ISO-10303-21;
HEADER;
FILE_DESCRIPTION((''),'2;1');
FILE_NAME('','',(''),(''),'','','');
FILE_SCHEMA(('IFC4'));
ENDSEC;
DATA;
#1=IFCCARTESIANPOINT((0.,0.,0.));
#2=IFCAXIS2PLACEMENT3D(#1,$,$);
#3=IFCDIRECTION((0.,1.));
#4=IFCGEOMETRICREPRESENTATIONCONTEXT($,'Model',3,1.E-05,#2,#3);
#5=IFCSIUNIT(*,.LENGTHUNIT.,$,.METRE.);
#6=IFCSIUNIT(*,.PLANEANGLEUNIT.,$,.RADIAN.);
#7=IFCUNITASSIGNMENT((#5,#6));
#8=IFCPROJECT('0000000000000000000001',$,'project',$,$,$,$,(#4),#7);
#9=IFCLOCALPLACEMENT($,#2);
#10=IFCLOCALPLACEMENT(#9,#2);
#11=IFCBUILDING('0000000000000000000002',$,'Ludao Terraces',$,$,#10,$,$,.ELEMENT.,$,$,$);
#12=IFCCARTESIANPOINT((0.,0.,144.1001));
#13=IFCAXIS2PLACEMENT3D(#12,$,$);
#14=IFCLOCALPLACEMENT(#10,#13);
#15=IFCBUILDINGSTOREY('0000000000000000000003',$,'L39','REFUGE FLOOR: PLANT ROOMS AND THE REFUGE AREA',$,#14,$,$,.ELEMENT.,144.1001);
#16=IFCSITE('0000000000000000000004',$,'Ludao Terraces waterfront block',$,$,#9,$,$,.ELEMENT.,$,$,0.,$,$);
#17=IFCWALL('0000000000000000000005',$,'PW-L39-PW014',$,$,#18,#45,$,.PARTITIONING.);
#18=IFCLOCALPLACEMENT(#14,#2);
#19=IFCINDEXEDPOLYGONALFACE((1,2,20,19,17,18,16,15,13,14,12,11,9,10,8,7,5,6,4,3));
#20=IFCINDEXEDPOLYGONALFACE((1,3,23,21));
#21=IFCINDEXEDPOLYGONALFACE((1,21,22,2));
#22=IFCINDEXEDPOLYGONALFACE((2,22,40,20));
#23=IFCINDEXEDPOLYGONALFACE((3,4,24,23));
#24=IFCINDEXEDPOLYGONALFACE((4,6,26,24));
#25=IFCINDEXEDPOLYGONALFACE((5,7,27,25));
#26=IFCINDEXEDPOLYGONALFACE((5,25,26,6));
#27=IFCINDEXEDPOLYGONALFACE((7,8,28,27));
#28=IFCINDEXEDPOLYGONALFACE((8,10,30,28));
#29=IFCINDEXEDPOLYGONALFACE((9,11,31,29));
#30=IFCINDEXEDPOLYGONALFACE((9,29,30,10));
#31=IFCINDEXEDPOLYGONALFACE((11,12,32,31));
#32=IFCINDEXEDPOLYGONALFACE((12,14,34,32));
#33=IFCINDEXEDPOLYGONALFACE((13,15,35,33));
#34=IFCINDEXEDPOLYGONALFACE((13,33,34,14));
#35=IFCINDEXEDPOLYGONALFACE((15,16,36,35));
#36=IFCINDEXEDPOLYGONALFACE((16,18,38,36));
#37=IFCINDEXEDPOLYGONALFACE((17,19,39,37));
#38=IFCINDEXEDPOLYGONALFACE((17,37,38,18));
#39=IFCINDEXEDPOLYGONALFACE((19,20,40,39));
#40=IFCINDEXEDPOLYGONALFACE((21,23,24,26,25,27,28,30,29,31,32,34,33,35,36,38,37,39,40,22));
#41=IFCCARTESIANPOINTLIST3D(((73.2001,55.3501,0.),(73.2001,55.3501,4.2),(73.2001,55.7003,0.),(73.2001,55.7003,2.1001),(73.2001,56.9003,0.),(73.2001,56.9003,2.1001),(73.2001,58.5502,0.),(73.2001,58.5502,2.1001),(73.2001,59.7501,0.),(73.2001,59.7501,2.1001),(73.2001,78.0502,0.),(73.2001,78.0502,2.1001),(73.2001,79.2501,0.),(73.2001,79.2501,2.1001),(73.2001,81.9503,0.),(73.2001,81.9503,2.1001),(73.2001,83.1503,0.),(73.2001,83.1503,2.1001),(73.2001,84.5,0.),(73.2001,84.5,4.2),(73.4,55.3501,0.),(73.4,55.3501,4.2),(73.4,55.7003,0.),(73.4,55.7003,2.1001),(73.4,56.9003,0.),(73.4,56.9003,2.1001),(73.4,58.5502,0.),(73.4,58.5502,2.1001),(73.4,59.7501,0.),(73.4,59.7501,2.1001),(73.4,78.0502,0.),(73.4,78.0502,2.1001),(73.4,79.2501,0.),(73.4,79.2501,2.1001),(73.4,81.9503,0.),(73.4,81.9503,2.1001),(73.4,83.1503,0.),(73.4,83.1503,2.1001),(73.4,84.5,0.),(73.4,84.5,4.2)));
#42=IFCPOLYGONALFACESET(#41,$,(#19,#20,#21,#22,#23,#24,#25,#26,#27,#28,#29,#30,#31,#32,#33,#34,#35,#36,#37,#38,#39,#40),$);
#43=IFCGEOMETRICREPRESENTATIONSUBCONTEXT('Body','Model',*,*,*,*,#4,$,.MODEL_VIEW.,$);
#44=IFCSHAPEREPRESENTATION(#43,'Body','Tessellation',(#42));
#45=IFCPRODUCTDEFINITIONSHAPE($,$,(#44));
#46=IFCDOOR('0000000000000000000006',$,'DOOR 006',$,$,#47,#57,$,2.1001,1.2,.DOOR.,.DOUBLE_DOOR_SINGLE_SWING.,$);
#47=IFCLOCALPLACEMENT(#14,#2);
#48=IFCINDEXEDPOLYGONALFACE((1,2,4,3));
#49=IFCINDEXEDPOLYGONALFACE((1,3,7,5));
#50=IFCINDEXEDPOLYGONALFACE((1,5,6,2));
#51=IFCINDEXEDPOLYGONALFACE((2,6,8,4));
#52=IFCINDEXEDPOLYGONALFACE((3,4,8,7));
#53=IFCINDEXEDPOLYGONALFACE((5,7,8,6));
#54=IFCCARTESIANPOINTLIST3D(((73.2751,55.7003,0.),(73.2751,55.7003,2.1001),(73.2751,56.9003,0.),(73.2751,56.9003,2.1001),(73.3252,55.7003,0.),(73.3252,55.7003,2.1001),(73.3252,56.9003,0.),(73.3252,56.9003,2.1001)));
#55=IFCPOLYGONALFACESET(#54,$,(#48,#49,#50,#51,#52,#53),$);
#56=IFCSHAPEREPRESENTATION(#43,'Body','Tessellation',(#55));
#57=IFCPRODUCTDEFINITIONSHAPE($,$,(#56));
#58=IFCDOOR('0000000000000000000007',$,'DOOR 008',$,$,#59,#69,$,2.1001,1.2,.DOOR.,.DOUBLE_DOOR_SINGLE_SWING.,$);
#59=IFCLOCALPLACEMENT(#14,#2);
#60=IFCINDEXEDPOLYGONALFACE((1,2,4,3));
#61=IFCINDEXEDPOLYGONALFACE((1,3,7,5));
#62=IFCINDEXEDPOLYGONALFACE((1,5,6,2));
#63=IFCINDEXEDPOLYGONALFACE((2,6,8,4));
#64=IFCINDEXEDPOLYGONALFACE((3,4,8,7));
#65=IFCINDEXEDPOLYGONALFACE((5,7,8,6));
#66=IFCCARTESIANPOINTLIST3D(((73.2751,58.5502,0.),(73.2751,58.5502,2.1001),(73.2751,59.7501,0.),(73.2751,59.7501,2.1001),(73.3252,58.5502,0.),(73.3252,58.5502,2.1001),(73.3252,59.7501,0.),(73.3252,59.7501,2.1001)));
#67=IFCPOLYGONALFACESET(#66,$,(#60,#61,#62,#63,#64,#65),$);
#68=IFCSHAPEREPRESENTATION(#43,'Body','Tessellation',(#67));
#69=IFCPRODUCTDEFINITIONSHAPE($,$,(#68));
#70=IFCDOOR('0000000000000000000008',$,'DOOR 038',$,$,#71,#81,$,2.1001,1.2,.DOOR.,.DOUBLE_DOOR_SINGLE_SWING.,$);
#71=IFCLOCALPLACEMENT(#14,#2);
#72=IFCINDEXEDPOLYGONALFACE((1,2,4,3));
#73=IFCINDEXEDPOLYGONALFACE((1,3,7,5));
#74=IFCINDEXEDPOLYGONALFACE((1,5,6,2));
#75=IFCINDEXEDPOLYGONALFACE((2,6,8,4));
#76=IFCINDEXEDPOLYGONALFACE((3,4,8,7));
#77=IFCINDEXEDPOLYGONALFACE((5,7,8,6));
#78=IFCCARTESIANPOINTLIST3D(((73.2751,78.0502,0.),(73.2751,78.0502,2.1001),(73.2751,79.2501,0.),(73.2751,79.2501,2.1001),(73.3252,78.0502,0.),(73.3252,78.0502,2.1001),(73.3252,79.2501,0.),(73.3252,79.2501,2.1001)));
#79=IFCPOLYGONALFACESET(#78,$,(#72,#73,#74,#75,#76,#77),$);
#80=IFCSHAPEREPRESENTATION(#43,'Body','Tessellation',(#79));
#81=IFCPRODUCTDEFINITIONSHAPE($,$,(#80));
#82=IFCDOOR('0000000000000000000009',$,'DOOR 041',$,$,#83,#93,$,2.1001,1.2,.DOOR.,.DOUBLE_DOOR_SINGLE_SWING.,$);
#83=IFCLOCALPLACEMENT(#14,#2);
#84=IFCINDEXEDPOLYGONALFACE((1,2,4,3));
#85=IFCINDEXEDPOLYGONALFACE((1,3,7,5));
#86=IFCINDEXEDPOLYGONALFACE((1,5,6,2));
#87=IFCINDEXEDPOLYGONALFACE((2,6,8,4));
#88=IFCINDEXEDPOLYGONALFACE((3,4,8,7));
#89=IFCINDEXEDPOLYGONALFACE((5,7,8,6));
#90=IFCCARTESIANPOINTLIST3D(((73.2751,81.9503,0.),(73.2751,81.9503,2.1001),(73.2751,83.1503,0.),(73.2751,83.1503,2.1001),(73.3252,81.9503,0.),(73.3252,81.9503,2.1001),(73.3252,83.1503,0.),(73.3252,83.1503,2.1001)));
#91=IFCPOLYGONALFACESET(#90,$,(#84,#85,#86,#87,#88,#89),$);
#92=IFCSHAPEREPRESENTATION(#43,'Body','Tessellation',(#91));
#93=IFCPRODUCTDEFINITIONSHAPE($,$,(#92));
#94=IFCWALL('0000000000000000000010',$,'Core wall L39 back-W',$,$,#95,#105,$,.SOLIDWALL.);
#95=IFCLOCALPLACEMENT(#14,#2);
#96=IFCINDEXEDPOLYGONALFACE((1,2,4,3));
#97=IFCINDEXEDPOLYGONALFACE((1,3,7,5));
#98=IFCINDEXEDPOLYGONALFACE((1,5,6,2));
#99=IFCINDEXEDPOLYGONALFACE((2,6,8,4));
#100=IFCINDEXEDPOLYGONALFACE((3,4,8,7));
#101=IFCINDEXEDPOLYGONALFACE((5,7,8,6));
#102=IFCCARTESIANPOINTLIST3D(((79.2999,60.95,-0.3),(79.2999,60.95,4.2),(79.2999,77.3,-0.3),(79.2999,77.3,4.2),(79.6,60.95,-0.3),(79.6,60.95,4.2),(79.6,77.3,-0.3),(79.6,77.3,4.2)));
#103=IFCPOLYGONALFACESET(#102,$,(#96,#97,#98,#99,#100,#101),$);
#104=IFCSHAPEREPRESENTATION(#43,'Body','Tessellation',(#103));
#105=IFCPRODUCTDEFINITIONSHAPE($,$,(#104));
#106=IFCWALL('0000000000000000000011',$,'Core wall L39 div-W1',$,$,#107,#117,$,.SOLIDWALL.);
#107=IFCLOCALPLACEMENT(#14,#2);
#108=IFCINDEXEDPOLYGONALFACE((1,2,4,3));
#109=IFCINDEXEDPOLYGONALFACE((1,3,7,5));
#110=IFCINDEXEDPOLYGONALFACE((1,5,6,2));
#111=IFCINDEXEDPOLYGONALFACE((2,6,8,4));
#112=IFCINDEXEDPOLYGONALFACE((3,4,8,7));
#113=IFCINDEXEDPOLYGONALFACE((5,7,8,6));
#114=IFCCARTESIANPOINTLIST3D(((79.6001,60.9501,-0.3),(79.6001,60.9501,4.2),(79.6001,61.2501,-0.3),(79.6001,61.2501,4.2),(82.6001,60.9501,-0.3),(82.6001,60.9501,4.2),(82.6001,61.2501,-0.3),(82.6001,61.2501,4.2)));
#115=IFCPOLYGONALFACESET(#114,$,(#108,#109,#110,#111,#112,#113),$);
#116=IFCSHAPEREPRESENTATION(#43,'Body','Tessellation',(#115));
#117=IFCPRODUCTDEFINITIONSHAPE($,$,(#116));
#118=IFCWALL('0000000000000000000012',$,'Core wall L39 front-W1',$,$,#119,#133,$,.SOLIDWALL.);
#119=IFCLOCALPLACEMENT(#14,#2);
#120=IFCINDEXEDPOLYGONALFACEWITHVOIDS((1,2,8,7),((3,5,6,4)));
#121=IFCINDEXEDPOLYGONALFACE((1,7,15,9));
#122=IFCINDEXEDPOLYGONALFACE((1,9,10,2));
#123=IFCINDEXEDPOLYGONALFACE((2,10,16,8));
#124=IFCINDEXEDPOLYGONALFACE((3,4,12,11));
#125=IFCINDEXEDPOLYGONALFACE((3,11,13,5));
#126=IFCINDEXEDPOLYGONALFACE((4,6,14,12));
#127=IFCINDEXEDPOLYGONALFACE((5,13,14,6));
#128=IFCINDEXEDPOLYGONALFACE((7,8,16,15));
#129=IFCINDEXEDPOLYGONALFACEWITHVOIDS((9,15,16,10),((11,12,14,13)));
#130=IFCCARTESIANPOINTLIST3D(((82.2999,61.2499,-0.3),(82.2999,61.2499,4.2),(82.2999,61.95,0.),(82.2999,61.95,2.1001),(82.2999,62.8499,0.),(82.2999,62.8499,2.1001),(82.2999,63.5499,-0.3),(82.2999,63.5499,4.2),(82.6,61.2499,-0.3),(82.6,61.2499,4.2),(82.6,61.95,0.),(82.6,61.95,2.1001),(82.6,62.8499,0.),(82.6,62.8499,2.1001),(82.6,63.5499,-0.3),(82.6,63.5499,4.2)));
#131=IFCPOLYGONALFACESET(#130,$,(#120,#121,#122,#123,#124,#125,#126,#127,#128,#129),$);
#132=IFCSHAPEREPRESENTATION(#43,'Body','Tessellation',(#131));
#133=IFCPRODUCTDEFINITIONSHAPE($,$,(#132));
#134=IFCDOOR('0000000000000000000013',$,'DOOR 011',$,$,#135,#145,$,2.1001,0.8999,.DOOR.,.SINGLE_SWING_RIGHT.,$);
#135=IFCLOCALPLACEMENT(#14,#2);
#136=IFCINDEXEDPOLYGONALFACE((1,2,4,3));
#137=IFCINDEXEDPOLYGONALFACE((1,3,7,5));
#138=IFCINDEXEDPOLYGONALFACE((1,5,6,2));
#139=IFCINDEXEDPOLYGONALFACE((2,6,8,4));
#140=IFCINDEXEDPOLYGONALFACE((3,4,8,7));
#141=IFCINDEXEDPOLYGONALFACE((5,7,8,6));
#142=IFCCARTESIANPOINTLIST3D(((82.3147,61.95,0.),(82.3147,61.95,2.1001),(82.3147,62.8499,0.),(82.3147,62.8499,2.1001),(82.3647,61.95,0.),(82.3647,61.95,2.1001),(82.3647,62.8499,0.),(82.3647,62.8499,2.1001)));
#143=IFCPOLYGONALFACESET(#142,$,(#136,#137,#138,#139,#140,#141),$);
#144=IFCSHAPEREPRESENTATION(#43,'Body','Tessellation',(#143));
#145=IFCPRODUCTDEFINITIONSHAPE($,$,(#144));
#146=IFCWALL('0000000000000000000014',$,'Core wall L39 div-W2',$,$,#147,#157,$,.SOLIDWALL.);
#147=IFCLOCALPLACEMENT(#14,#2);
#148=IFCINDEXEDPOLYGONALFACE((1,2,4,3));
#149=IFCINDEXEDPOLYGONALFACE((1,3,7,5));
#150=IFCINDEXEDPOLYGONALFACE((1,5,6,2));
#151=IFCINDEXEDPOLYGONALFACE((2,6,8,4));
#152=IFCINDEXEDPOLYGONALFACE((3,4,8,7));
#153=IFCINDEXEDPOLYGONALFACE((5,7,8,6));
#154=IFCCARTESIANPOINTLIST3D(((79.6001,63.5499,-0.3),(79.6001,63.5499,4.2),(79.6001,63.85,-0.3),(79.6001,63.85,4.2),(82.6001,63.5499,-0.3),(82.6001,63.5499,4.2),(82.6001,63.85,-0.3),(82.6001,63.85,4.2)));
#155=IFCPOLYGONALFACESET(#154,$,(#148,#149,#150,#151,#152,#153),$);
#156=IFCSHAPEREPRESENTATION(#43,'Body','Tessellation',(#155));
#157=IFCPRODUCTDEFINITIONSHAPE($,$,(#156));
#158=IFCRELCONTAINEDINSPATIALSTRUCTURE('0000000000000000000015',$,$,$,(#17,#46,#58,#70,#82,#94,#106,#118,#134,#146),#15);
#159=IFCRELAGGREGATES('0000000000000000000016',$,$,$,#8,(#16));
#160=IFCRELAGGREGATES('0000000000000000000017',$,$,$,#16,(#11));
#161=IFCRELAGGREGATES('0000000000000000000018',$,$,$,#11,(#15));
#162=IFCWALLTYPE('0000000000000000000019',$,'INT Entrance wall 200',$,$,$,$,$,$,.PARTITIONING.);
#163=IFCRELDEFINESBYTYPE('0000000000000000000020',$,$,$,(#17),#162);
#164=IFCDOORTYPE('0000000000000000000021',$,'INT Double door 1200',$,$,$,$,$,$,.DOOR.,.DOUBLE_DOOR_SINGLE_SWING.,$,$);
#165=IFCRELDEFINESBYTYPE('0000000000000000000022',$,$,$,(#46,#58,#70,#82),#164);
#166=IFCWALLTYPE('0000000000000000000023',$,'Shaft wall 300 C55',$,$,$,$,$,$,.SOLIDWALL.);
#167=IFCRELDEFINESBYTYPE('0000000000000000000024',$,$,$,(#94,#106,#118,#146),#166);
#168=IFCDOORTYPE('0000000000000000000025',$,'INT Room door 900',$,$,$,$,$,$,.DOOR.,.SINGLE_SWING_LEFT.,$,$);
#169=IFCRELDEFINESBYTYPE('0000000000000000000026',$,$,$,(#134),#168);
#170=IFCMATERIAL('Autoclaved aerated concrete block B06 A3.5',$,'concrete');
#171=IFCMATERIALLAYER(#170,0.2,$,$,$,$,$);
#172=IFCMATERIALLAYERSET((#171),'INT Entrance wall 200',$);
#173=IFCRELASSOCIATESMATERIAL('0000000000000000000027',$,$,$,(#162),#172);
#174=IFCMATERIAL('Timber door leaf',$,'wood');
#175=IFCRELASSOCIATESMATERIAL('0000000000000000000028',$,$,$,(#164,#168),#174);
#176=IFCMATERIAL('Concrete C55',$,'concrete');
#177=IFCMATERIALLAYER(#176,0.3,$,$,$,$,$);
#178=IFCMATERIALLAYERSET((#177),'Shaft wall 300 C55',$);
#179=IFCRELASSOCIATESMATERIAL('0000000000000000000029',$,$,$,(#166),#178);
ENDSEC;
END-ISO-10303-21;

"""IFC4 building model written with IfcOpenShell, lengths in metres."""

from ifc_helpers import new_model, si_unit, direction, frame, frame_2d, origin, place, context, subcontext, project, spatial, rectangle, extrude, material, layer, layer_set, type_object, element, fill, save


model = new_model("IFC4")

# Units and contexts
model_context = context("Model", 3, precision=1e-05, world=origin(), true_north=direction((0.0, 1.0)))
body_context = subcontext(model_context, "Body", "Model", "MODEL_VIEW")
ifc_project = project(units=[si_unit("LENGTHUNIT", "METRE"), si_unit("PLANEANGLEUNIT", "RADIAN")], contexts=[model_context])

# Site, building, storey
site_placement = place(None, origin())
site = spatial("IfcSite", under=ifc_project, at=site_placement, Name="Ludao Terraces waterfront block", CompositionType="ELEMENT", RefElevation=0.0)
building_placement = place(site_placement, origin())
building = spatial("IfcBuilding", under=site, at=building_placement, Name="Ludao Terraces", CompositionType="ELEMENT")
storey_placement = place(building_placement, frame((0.0, 0.0, 144.1001)))
storey = spatial("IfcBuildingStorey", under=building, at=storey_placement, Name="L39", Description="REFUGE FLOOR: PLANT ROOMS AND THE REFUGE AREA", CompositionType="ELEMENT", Elevation=144.1001)

# Wall, openings, doors
ifc_material_1 = material(Name="Autoclaved aerated concrete block B06 A3.5", Category="concrete")
ifc_layer_1 = layer(ifc_material_1, 0.2)
ifc_layer_set_1 = layer_set([ifc_layer_1], Name="INT Entrance wall 200")
wall_type_1 = type_object("IfcWallType", Name="INT Entrance wall 200", PredefinedType="PARTITIONING", material=ifc_layer_set_1)
wall_1_placement = place(storey_placement, frame((73.3, 55.3501, 0.0), z_axis=(0.0, 0.0, 1.0), x_axis=(0.0, 1.0, 0.0)))
wall_1 = element("IfcWall", 1, at=wall_1_placement, inside=storey, type_object=wall_type_1, Name="PW-L39-PW014", PredefinedType="PARTITIONING", context=body_context, shape_type="SweptSolid", body=[
    extrude(rectangle(XDim=29.1499, YDim=0.2, at=frame_2d((14.575, 0.0))), origin(), (0.0, 0.0, 1.0), 4.2),
])
opening_1_placement = place(wall_1_placement, frame((0.3501, 0.0, 0.0)))
opening_1 = element("IfcOpeningElement", 2, at=opening_1_placement, cuts=wall_1, PredefinedType="OPENING", context=body_context, shape_type="SweptSolid", body=[
    extrude(rectangle(XDim=1.2, YDim=2.1001, at=frame_2d((0.6001, 1.05))), frame((0.0, 0.1099, 0.0), z_axis=(0.0, -1.0, 0.0), x_axis=(1.0, 0.0, 0.0)), (0.0, 0.0, 1.0), 0.22),
])
opening_2_placement = place(wall_1_placement, frame((3.2, 0.0, 0.0)))
opening_2 = element("IfcOpeningElement", 3, at=opening_2_placement, cuts=wall_1, PredefinedType="OPENING", context=body_context, shape_type="SweptSolid", body=[
    extrude(rectangle(XDim=1.2, YDim=2.1001, at=frame_2d((0.6001, 1.05))), frame((0.0, 0.1099, 0.0), z_axis=(0.0, -1.0, 0.0), x_axis=(1.0, 0.0, 0.0)), (0.0, 0.0, 1.0), 0.22),
])
opening_3_placement = place(wall_1_placement, frame((22.7, 0.0, 0.0)))
opening_3 = element("IfcOpeningElement", 4, at=opening_3_placement, cuts=wall_1, PredefinedType="OPENING", context=body_context, shape_type="SweptSolid", body=[
    extrude(rectangle(XDim=1.2, YDim=2.1001, at=frame_2d((0.6001, 1.05))), frame((0.0, 0.1099, 0.0), z_axis=(0.0, -1.0, 0.0), x_axis=(1.0, 0.0, 0.0)), (0.0, 0.0, 1.0), 0.22),
])
opening_4_placement = place(wall_1_placement, frame((26.6001, 0.0, 0.0)))
opening_4 = element("IfcOpeningElement", 5, at=opening_4_placement, cuts=wall_1, PredefinedType="OPENING", context=body_context, shape_type="SweptSolid", body=[
    extrude(rectangle(XDim=1.2, YDim=2.1001, at=frame_2d((0.6001, 1.05))), frame((0.0, 0.1099, 0.0), z_axis=(0.0, -1.0, 0.0), x_axis=(1.0, 0.0, 0.0)), (0.0, 0.0, 1.0), 0.22),
])
ifc_material_2 = material(Name="Timber door leaf", Category="wood")
door_type_1 = type_object("IfcDoorType", Name="INT Double door 1200", OperationType="DOUBLE_DOOR_SINGLE_SWING", PredefinedType="DOOR", material=ifc_material_2)
door_1_placement = place(opening_1_placement, origin())
door_1 = element("IfcDoor", 6, at=door_1_placement, inside=storey, type_object=door_type_1, Name="DOOR 006", OperationType="DOUBLE_DOOR_SINGLE_SWING", OverallHeight=2.1001, OverallWidth=1.2, PredefinedType="DOOR", context=body_context, shape_type="SweptSolid", body=[
    extrude(rectangle(XDim=1.2, YDim=2.1001, at=frame_2d((0.6001, 1.05))), frame((0.0, 0.0249, 0.0), z_axis=(0.0, -1.0, 0.0), x_axis=(1.0, 0.0, 0.0)), (0.0, 0.0, 1.0), 0.05),
])
fill(opening_1, door_1)
door_2_placement = place(opening_2_placement, origin())
door_2 = element("IfcDoor", 7, at=door_2_placement, inside=storey, type_object=door_type_1, Name="DOOR 008", OperationType="DOUBLE_DOOR_SINGLE_SWING", OverallHeight=2.1001, OverallWidth=1.2, PredefinedType="DOOR", context=body_context, shape_type="SweptSolid", body=[
    extrude(rectangle(XDim=1.2, YDim=2.1001, at=frame_2d((0.6001, 1.05))), frame((0.0, 0.0249, 0.0), z_axis=(0.0, -1.0, 0.0), x_axis=(1.0, 0.0, 0.0)), (0.0, 0.0, 1.0), 0.05),
])
fill(opening_2, door_2)
door_3_placement = place(opening_3_placement, origin())
door_3 = element("IfcDoor", 8, at=door_3_placement, inside=storey, type_object=door_type_1, Name="DOOR 038", OperationType="DOUBLE_DOOR_SINGLE_SWING", OverallHeight=2.1001, OverallWidth=1.2, PredefinedType="DOOR", context=body_context, shape_type="SweptSolid", body=[
    extrude(rectangle(XDim=1.2, YDim=2.1001, at=frame_2d((0.6001, 1.05))), frame((0.0, 0.0249, 0.0), z_axis=(0.0, -1.0, 0.0), x_axis=(1.0, 0.0, 0.0)), (0.0, 0.0, 1.0), 0.05),
])
fill(opening_3, door_3)
door_4_placement = place(opening_4_placement, origin())
door_4 = element("IfcDoor", 9, at=door_4_placement, inside=storey, type_object=door_type_1, Name="DOOR 041", OperationType="DOUBLE_DOOR_SINGLE_SWING", OverallHeight=2.1001, OverallWidth=1.2, PredefinedType="DOOR", context=body_context, shape_type="SweptSolid", body=[
    extrude(rectangle(XDim=1.2, YDim=2.1001, at=frame_2d((0.6001, 1.05))), frame((0.0, 0.0249, 0.0), z_axis=(0.0, -1.0, 0.0), x_axis=(1.0, 0.0, 0.0)), (0.0, 0.0, 1.0), 0.05),
])
fill(opening_4, door_4)

# Walls
ifc_material_3 = material(Name="Concrete C55", Category="concrete")
ifc_layer_2 = layer(ifc_material_3, 0.3)
ifc_layer_set_2 = layer_set([ifc_layer_2], Name="Shaft wall 300 C55")
wall_type_2 = type_object("IfcWallType", Name="Shaft wall 300 C55", PredefinedType="SOLIDWALL", material=ifc_layer_set_2)
wall_2_placement = place(storey_placement, frame((79.45, 60.95, -0.3), z_axis=(0.0, 0.0, 1.0), x_axis=(0.0, 1.0, 0.0)))
element("IfcWall", 10, at=wall_2_placement, inside=storey, type_object=wall_type_2, Name="Core wall L39 back-W", PredefinedType="SOLIDWALL", context=body_context, shape_type="SweptSolid", body=[
    extrude(rectangle(XDim=16.3501, YDim=0.3, at=frame_2d((8.175, 0.0))), origin(), (0.0, 0.0, 1.0), 4.5),
])
wall_3_placement = place(storey_placement, frame((79.6001, 61.1001, -0.3), z_axis=(0.0, 0.0, 1.0), x_axis=(1.0, 0.0, 0.0)))
element("IfcWall", 11, at=wall_3_placement, inside=storey, type_object=wall_type_2, Name="Core wall L39 div-W1", PredefinedType="SOLIDWALL", context=body_context, shape_type="SweptSolid", body=[
    extrude(rectangle(XDim=3.0, YDim=0.3, at=frame_2d((1.5, 0.0))), origin(), (0.0, 0.0, 1.0), 4.5),
])

# Wall, opening, door
wall_4_placement = place(storey_placement, frame((82.45, 61.25, -0.3), z_axis=(0.0, 0.0, 1.0), x_axis=(0.0, 1.0, 0.0)))
wall_4 = element("IfcWall", 12, at=wall_4_placement, inside=storey, type_object=wall_type_2, Name="Core wall L39 front-W1", PredefinedType="SOLIDWALL", context=body_context, shape_type="SweptSolid", body=[
    extrude(rectangle(XDim=2.3, YDim=0.3, at=frame_2d((1.1499, 0.0))), origin(), (0.0, 0.0, 1.0), 4.5),
])
opening_5_placement = place(wall_4_placement, frame((0.7, 0.0, 0.3)))
opening_5 = element("IfcOpeningElement", 13, at=opening_5_placement, cuts=wall_4, PredefinedType="OPENING", context=body_context, shape_type="SweptSolid", body=[
    extrude(rectangle(XDim=0.8999, YDim=2.1001, at=frame_2d((0.45, 1.05))), frame((0.0, 0.1602, 0.0), z_axis=(0.0, -1.0, 0.0), x_axis=(1.0, 0.0, 0.0)), (0.0, 0.0, 1.0), 0.3201),
])
door_type_2 = type_object("IfcDoorType", Name="INT Room door 900", OperationType="SINGLE_SWING_LEFT", PredefinedType="DOOR", material=ifc_material_2)
door_5_placement = place(opening_5_placement, origin())
door_5 = element("IfcDoor", 14, at=door_5_placement, inside=storey, type_object=door_type_2, Name="DOOR 011", OperationType="SINGLE_SWING_RIGHT", OverallHeight=2.1001, OverallWidth=0.8999, PredefinedType="DOOR", context=body_context, shape_type="SweptSolid", body=[
    extrude(rectangle(XDim=0.8999, YDim=2.1001, at=frame_2d((0.45, 1.05))), frame((0.0, 0.1353, 0.0), z_axis=(0.0, -1.0, 0.0), x_axis=(1.0, 0.0, 0.0)), (0.0, 0.0, 1.0), 0.05),
])
fill(opening_5, door_5)

# Wall
wall_5_placement = place(storey_placement, frame((79.6001, 63.7, -0.3), z_axis=(0.0, 0.0, 1.0), x_axis=(1.0, 0.0, 0.0)))
element("IfcWall", 15, at=wall_5_placement, inside=storey, type_object=wall_type_2, Name="Core wall L39 div-W2", PredefinedType="SOLIDWALL", context=body_context, shape_type="SweptSolid", body=[
    extrude(rectangle(XDim=3.0, YDim=0.3, at=frame_2d((1.5, 0.0))), origin(), (0.0, 0.0, 1.0), 4.5),
])

save(model, "model.ifc")
